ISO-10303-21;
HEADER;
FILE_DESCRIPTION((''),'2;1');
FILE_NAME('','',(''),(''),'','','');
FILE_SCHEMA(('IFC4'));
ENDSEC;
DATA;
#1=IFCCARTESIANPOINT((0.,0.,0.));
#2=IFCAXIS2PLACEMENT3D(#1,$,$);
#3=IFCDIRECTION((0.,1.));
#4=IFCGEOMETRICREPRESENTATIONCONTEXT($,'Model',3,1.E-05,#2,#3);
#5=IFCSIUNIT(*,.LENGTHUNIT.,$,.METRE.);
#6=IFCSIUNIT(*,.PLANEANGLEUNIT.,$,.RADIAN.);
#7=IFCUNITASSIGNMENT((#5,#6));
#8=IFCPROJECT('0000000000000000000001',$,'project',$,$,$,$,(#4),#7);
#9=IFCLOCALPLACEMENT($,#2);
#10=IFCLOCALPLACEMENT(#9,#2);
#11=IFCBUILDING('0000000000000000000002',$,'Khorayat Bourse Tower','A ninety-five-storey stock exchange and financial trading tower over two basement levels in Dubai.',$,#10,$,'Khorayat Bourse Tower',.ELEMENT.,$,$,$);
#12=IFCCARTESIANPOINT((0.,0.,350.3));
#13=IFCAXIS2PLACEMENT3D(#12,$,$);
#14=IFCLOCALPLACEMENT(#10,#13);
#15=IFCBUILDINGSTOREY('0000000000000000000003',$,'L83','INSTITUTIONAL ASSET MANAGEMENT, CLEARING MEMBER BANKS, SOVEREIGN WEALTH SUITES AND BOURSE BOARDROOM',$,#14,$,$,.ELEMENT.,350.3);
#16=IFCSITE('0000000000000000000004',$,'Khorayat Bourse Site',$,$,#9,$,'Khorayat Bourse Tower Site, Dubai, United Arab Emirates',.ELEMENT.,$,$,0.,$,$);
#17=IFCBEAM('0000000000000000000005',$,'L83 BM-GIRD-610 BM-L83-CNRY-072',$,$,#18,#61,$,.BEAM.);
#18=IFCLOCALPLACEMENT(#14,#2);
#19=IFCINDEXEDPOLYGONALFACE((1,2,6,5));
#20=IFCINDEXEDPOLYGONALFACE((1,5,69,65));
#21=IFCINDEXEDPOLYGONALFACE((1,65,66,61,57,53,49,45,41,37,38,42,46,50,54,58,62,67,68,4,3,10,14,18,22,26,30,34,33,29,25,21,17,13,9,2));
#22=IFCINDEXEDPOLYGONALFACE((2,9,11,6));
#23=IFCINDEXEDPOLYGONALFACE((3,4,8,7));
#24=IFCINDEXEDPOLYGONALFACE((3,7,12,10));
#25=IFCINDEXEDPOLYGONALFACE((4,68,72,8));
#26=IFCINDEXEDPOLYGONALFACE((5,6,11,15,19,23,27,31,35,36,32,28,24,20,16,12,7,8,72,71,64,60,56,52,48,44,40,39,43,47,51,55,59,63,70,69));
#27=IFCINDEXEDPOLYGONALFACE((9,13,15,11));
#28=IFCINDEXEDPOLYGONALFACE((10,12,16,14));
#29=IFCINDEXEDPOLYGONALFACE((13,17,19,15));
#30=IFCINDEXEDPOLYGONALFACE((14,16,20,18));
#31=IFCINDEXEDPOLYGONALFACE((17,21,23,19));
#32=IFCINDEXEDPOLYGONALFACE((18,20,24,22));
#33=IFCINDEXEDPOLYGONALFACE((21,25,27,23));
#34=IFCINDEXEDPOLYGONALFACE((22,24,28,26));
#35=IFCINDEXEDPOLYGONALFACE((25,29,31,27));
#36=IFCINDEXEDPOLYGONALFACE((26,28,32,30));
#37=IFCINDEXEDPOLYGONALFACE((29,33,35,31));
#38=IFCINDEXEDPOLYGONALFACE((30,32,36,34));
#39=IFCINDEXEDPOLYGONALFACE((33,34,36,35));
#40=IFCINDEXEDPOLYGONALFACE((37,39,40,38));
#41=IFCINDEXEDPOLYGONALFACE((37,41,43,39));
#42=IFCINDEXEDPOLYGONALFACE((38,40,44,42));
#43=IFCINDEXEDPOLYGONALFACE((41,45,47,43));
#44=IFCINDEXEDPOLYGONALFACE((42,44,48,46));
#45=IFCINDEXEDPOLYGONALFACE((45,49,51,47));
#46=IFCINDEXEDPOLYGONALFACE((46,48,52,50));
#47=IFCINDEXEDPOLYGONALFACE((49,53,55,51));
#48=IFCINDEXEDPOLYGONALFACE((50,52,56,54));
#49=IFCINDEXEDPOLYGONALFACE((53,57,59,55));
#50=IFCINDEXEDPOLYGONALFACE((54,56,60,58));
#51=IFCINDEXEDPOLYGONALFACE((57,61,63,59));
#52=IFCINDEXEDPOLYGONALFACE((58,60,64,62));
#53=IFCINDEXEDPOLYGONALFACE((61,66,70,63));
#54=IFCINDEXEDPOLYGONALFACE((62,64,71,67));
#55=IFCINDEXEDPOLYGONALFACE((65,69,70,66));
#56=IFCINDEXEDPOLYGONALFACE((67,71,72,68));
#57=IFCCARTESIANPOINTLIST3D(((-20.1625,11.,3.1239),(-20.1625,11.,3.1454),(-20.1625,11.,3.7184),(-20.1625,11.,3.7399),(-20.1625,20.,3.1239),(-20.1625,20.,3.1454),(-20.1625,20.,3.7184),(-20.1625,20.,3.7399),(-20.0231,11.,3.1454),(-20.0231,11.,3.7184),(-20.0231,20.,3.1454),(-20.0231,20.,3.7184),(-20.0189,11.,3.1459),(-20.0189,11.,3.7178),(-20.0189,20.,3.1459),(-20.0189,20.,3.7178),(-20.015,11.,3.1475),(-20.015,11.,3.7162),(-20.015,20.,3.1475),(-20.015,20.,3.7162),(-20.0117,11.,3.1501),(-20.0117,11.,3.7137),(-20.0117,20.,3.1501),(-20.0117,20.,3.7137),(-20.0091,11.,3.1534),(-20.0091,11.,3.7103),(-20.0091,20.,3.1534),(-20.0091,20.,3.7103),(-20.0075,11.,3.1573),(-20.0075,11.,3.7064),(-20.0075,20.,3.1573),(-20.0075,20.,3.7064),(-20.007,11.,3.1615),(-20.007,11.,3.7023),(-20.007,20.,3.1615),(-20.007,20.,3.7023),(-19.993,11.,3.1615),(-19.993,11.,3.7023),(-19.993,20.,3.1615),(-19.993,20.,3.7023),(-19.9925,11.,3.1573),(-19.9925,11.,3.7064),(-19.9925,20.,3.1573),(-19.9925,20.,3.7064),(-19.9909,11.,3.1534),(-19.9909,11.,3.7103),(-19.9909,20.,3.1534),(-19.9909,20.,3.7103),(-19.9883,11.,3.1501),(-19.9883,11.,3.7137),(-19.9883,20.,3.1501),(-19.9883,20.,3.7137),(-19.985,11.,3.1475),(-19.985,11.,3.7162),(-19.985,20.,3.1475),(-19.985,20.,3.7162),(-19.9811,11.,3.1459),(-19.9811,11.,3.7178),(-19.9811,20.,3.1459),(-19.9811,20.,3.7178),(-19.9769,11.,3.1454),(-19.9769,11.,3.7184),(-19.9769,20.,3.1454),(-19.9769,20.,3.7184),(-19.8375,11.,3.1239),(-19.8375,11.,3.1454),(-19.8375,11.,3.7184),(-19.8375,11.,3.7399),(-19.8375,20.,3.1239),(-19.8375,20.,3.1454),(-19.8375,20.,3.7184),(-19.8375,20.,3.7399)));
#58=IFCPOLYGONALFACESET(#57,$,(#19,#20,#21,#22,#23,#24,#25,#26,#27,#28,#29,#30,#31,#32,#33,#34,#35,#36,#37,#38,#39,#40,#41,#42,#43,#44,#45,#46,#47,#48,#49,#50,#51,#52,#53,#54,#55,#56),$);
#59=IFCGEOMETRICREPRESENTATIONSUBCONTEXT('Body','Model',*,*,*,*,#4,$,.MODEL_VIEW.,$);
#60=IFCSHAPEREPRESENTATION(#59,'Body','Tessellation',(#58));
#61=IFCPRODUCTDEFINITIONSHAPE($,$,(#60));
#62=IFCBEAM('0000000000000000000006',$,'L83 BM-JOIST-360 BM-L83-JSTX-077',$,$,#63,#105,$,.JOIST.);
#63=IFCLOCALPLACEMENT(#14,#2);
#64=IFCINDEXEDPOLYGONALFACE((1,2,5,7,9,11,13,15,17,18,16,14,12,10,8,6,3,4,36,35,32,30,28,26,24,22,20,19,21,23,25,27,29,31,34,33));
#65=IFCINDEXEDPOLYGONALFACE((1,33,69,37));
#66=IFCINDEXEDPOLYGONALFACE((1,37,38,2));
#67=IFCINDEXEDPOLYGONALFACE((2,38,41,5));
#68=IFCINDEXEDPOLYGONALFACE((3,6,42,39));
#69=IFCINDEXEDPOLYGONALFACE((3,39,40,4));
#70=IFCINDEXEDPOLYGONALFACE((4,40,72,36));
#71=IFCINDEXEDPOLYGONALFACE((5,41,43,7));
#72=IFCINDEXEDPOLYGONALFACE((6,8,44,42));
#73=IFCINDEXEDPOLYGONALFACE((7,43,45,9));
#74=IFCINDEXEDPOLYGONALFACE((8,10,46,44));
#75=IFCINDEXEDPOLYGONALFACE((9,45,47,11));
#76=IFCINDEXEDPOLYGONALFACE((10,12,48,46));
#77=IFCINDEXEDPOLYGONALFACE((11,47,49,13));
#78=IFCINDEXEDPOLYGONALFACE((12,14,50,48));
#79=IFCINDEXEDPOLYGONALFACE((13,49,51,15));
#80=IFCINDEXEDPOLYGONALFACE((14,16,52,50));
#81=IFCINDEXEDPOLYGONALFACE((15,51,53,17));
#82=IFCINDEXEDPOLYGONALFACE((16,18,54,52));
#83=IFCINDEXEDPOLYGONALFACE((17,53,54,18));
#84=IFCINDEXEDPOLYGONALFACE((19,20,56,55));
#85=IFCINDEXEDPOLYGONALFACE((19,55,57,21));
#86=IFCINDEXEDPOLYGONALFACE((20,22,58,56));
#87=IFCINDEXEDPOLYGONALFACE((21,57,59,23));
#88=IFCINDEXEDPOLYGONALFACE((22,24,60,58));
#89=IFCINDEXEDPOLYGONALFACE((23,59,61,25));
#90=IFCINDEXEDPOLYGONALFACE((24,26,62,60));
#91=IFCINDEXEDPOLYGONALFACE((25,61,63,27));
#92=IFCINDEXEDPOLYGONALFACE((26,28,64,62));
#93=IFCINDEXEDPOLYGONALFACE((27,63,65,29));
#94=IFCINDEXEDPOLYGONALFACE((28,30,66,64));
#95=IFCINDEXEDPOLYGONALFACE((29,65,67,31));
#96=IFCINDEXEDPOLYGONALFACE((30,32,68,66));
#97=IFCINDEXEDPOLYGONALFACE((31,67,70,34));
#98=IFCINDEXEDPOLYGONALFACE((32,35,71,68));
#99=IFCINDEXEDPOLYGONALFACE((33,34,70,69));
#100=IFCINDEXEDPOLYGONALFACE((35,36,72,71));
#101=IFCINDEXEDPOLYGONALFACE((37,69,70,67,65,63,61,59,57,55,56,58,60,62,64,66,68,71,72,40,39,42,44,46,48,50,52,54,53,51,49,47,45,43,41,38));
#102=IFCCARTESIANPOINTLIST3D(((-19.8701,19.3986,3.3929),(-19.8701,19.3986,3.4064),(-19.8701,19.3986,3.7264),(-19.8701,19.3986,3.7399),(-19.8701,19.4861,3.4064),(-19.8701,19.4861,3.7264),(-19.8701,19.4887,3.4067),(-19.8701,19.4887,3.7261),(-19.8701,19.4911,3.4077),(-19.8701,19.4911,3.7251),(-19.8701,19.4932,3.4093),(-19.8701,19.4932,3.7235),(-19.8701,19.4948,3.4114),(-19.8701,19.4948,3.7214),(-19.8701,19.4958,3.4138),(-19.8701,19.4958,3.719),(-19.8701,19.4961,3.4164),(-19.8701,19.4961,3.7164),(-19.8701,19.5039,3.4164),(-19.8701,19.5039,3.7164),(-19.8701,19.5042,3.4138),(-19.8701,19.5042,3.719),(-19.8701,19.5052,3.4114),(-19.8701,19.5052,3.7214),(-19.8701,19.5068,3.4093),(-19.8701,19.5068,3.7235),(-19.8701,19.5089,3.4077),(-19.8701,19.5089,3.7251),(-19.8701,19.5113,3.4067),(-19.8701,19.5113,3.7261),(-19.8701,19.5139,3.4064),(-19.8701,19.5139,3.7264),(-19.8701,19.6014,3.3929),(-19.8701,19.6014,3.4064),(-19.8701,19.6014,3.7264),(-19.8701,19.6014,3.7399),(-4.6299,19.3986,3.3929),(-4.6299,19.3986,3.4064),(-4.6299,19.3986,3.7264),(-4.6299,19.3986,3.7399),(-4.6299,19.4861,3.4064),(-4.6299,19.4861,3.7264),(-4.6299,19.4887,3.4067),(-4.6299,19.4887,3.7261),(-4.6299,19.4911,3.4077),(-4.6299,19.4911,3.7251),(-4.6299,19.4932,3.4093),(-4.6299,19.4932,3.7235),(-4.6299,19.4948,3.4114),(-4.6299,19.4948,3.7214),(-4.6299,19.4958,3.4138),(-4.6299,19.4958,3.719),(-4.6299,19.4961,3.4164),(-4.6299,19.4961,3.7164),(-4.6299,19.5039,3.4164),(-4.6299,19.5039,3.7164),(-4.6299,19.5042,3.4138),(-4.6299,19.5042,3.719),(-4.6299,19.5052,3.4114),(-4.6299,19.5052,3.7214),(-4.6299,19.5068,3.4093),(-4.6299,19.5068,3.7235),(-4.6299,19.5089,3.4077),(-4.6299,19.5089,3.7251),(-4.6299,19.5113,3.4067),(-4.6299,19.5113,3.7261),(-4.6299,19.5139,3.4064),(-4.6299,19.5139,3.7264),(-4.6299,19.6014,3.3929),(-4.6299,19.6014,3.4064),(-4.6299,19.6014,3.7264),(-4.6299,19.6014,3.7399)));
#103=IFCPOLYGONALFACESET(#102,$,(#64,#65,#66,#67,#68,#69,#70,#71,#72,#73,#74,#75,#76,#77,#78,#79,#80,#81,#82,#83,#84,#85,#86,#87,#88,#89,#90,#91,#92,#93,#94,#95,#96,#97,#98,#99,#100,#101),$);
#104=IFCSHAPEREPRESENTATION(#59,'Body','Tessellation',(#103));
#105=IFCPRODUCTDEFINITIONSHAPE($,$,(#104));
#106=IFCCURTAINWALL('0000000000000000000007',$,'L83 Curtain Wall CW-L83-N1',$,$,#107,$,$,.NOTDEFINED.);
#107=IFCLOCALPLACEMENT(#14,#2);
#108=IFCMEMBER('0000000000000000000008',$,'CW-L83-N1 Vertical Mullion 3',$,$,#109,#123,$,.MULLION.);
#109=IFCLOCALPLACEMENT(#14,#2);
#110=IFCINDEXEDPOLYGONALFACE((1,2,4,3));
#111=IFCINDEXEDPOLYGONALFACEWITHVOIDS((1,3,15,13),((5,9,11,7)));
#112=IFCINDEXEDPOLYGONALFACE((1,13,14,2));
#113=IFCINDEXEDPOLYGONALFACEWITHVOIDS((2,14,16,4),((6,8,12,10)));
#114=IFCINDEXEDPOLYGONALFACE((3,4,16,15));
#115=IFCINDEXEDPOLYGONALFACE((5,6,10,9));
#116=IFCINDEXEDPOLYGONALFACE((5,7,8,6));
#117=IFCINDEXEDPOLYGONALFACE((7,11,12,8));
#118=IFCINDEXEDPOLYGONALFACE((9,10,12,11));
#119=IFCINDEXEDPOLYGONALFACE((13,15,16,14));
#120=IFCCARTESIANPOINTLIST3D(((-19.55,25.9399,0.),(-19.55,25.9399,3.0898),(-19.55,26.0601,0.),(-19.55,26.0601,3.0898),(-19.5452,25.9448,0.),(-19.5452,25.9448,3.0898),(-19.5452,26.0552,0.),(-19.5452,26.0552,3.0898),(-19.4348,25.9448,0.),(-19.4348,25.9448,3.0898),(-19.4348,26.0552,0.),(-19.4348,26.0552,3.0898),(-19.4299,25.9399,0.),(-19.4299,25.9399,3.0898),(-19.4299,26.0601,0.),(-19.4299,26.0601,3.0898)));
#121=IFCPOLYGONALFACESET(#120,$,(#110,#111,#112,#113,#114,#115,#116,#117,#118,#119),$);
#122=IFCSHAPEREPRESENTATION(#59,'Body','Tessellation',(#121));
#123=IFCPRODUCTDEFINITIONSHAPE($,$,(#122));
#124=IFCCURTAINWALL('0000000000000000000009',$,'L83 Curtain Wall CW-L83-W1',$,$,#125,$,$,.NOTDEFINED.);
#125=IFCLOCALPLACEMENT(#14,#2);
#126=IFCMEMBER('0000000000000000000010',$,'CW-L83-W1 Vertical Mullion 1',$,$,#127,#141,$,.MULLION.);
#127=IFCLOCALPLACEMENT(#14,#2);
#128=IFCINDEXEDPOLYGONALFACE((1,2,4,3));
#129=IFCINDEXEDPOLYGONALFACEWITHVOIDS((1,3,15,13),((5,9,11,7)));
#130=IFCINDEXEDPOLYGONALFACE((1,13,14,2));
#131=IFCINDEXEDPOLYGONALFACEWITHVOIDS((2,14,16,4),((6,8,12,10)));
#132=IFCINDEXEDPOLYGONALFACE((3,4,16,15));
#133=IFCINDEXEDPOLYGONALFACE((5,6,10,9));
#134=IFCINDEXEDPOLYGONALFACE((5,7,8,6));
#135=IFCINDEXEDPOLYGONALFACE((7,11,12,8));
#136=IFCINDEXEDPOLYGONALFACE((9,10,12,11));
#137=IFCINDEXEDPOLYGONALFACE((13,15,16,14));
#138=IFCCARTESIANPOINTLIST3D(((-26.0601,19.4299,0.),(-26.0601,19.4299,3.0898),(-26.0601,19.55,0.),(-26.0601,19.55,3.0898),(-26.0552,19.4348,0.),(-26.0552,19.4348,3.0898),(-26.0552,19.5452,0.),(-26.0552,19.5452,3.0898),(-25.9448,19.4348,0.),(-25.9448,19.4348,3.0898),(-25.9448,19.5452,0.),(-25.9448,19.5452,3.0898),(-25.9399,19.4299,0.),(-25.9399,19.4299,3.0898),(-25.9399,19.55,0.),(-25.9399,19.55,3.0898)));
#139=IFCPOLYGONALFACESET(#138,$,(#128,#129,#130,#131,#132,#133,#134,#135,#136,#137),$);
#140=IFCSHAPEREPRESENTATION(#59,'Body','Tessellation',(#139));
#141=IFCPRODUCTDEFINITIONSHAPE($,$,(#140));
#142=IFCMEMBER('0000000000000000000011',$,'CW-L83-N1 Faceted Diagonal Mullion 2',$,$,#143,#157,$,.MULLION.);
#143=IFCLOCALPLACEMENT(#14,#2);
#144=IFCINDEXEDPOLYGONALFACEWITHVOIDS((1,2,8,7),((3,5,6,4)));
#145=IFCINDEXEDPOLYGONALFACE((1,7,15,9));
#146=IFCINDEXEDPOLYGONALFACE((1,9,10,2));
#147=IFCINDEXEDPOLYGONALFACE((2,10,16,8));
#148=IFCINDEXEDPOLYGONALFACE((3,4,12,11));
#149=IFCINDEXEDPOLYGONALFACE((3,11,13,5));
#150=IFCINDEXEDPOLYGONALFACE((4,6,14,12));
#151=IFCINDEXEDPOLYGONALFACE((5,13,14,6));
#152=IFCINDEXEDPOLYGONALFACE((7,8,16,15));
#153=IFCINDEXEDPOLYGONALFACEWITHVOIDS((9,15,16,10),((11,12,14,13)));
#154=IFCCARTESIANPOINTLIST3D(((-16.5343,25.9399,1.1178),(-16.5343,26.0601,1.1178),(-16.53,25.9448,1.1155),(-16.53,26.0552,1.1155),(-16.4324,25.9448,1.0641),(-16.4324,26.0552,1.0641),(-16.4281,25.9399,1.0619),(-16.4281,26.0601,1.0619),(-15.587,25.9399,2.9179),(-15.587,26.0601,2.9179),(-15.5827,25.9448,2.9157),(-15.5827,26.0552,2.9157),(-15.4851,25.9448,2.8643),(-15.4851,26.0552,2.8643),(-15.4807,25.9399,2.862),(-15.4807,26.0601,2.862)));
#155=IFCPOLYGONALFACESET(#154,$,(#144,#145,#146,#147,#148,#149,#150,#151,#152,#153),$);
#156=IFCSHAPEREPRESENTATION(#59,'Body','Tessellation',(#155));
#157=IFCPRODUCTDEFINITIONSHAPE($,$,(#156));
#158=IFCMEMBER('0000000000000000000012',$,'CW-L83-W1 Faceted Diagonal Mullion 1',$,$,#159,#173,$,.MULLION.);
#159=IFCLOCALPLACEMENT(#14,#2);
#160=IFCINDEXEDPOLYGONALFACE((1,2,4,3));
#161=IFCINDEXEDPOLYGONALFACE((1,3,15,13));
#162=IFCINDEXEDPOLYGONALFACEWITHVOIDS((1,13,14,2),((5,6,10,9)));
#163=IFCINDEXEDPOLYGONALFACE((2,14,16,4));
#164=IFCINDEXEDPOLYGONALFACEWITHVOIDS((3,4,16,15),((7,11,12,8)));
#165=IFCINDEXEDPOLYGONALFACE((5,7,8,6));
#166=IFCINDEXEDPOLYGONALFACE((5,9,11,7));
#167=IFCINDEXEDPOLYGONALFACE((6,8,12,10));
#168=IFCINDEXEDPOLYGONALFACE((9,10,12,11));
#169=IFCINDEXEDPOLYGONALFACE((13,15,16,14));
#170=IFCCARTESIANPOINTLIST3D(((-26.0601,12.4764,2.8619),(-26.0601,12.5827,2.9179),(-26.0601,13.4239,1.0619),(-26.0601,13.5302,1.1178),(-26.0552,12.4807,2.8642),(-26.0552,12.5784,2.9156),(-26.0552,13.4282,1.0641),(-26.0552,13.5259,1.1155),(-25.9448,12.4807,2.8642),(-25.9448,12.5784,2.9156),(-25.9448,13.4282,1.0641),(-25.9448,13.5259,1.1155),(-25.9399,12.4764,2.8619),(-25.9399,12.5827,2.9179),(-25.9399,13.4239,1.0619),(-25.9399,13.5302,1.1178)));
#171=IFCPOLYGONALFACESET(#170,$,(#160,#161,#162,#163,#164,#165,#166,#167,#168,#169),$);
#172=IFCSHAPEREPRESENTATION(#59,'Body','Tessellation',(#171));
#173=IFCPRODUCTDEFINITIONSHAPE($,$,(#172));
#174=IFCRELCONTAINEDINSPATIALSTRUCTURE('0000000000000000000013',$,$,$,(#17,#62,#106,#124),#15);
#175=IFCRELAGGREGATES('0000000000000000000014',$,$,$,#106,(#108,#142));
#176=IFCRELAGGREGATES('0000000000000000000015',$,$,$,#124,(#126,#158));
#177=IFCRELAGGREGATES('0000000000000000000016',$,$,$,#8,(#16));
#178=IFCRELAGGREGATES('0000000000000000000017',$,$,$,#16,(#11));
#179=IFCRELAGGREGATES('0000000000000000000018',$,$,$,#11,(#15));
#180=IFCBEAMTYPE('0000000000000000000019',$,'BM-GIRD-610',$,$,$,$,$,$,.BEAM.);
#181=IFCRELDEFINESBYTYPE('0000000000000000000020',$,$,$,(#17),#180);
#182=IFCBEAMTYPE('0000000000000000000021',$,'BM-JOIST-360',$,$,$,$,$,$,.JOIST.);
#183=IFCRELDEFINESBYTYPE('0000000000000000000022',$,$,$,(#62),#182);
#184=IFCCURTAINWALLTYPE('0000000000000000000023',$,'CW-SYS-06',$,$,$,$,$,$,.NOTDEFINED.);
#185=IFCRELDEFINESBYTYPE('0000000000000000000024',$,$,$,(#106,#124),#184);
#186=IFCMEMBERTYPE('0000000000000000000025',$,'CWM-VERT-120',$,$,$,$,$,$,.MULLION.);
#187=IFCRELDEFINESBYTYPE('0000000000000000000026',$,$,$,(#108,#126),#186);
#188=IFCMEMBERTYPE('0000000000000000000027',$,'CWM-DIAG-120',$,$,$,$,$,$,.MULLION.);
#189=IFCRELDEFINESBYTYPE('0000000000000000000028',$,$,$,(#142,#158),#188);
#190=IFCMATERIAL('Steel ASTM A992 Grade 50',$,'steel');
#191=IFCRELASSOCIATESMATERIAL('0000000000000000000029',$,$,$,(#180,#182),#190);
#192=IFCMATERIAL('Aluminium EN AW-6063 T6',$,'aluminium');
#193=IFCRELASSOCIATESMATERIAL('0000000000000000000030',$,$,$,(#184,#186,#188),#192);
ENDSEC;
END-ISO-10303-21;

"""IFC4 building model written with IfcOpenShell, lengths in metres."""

from ifc_helpers import new_model, si_unit, direction, frame, origin, origin_2d, place, context, subcontext, project, spatial, hollow_rectangle, i_section, extrude, source, transform, mapped, material, material_profile, profile_set, type_object, element, aggregate, save


model = new_model("IFC4")

# Units and contexts
model_context = context("Model", 3, precision=1e-05, world=origin(), true_north=direction((0.0, 1.0)))
body_context = subcontext(model_context, "Body", "Model", "MODEL_VIEW")
ifc_project = project(units=[si_unit("LENGTHUNIT", "METRE"), si_unit("PLANEANGLEUNIT", "RADIAN")], contexts=[model_context])

# Site, building, storey
site_placement = place(None, origin())
site = spatial("IfcSite", under=ifc_project, at=site_placement, Name="Khorayat Bourse Site", LongName="Khorayat Bourse Tower Site, Dubai, United Arab Emirates", CompositionType="ELEMENT", RefElevation=0.0)
building_placement = place(site_placement, origin())
building = spatial("IfcBuilding", under=site, at=building_placement, Name="Khorayat Bourse Tower", Description="A ninety-five-storey stock exchange and financial trading tower over two basement levels in Dubai.", LongName="Khorayat Bourse Tower", CompositionType="ELEMENT")
storey_placement = place(building_placement, frame((0.0, 0.0, 350.3)))
storey = spatial("IfcBuildingStorey", under=building, at=storey_placement, Name="L83", Description="INSTITUTIONAL ASSET MANAGEMENT, CLEARING MEMBER BANKS, SOVEREIGN WEALTH SUITES AND BOURSE BOARDROOM", CompositionType="ELEMENT", Elevation=350.3)

# Beams
ifc_material_1 = material(Name="Steel ASTM A992 Grade 50", Category="steel")
ifc_material_profile_1 = material_profile(ifc_material_1, i_section(OverallWidth=0.325, OverallDepth=0.616, WebThickness=0.0139, FlangeThickness=0.0215, FilletRadius=0.0161, at=origin_2d()), Name="W610X174")
ifc_profile_set_1 = profile_set([ifc_material_profile_1], Name="Steel ASTM A992 Grade 50")
beam_type_1 = type_object("IfcBeamType", Name="BM-GIRD-610", PredefinedType="BEAM", material=ifc_profile_set_1)
shared_shape_1 = source(origin(), body_context, "Body", "SweptSolid", [
    extrude(i_section(OverallWidth=0.325, OverallDepth=0.616, WebThickness=0.0139, FlangeThickness=0.0215, FilletRadius=0.0161, at=origin_2d()), origin(), (0.0, 0.0, 1.0), 9.0),
])
beam_1_placement = place(storey_placement, frame((-20.0, 11.0, 3.4319), z_axis=(0.0, 1.0, 0.0), x_axis=(-1.0, 0.0, 0.0)))
element("IfcBeam", 1, at=beam_1_placement, inside=storey, type_object=beam_type_1, Name="L83 BM-GIRD-610 BM-L83-CNRY-072", PredefinedType="BEAM", context=body_context, shape_type="MappedRepresentation", body=[
    mapped(shared_shape_1, transform((0.0, 0.0, 0.0), scale=1.0)),
])
ifc_material_profile_2 = material_profile(ifc_material_1, i_section(OverallWidth=0.2029, OverallDepth=0.3469, WebThickness=0.0078, FlangeThickness=0.0134, FilletRadius=0.01, at=origin_2d()), Name="W360X64")
ifc_profile_set_2 = profile_set([ifc_material_profile_2], Name="Steel ASTM A992 Grade 50")
beam_type_2 = type_object("IfcBeamType", Name="BM-JOIST-360", PredefinedType="JOIST", material=ifc_profile_set_2)
shared_shape_2 = source(origin(), body_context, "Body", "SweptSolid", [
    extrude(i_section(OverallWidth=0.2029, OverallDepth=0.3469, WebThickness=0.0078, FlangeThickness=0.0134, FilletRadius=0.01, at=origin_2d()), origin(), (0.0, 0.0, 1.0), 15.2402),
])
beam_2_placement = place(storey_placement, frame((-19.8701, 19.5, 3.5664), z_axis=(1.0, 0.0, 0.0), x_axis=(0.0, 1.0, 0.0)))
element("IfcBeam", 2, at=beam_2_placement, inside=storey, type_object=beam_type_2, Name="L83 BM-JOIST-360 BM-L83-JSTX-077", PredefinedType="JOIST", context=body_context, shape_type="MappedRepresentation", body=[
    mapped(shared_shape_2, transform((0.0, 0.0, 0.0), scale=1.0)),
])

# Curtain walls, members
ifc_material_2 = material(Name="Aluminium EN AW-6063 T6", Category="aluminium")
curtain_wall_type = type_object("IfcCurtainWallType", Name="CW-SYS-06", PredefinedType="NOTDEFINED", material=ifc_material_2)
curtain_wall_1_placement = place(storey_placement, origin())
curtain_wall_1 = element("IfcCurtainWall", 3, at=curtain_wall_1_placement, inside=storey, type_object=curtain_wall_type, Name="L83 Curtain Wall CW-L83-N1", PredefinedType="NOTDEFINED")
ifc_material_profile_3 = material_profile(ifc_material_2, hollow_rectangle(XDim=0.1201, YDim=0.1201, WallThickness=0.0049, at=origin_2d()), Name="ALU 120x120x5")
ifc_profile_set_3 = profile_set([ifc_material_profile_3], Name="Aluminium EN AW-6063 T6")
member_type_1 = type_object("IfcMemberType", Name="CWM-VERT-120", PredefinedType="MULLION", material=ifc_profile_set_3)
shared_shape_3 = source(origin(), body_context, "Body", "SweptSolid", [
    extrude(hollow_rectangle(XDim=0.1201, YDim=0.1201, WallThickness=0.0049, at=origin_2d()), origin(), (0.0, 0.0, 1.0), 3.0898),
])
member_1_placement = place(storey_placement, frame((-19.49, 26.0, 0.0), z_axis=(0.0, 0.0, 1.0), x_axis=(0.0, -1.0, 0.0)))
member_1 = element("IfcMember", 4, at=member_1_placement, type_object=member_type_1, Name="CW-L83-N1 Vertical Mullion 3", PredefinedType="MULLION", context=body_context, shape_type="MappedRepresentation", body=[
    mapped(shared_shape_3, transform((0.0, 0.0, 0.0), scale=1.0)),
])
curtain_wall_2_placement = place(storey_placement, origin())
curtain_wall_2 = element("IfcCurtainWall", 5, at=curtain_wall_2_placement, inside=storey, type_object=curtain_wall_type, Name="L83 Curtain Wall CW-L83-W1", PredefinedType="NOTDEFINED")
member_2_placement = place(storey_placement, frame((-26.0, 19.49, 0.0), z_axis=(0.0, 0.0, 1.0), x_axis=(1.0, 0.0, 0.0)))
member_2 = element("IfcMember", 6, at=member_2_placement, type_object=member_type_1, Name="CW-L83-W1 Vertical Mullion 1", PredefinedType="MULLION", context=body_context, shape_type="MappedRepresentation", body=[
    mapped(shared_shape_3, transform((0.0, 0.0, 0.0), scale=1.0)),
])

# Members
ifc_material_profile_4 = material_profile(ifc_material_2, hollow_rectangle(XDim=0.1201, YDim=0.1201, WallThickness=0.0049, at=origin_2d()), Name="ALU 120x120x5")
ifc_profile_set_4 = profile_set([ifc_material_profile_4], Name="Aluminium EN AW-6063 T6")
member_type_2 = type_object("IfcMemberType", Name="CWM-DIAG-120", PredefinedType="MULLION", material=ifc_profile_set_4)
shared_shape_4 = source(origin(), body_context, "Body", "SweptSolid", [
    extrude(hollow_rectangle(XDim=0.1201, YDim=0.1201, WallThickness=0.0049, at=origin_2d()), origin(), (0.0, 0.0, 1.0), 2.0342),
])
member_3_placement = place(storey_placement, frame((-16.4812, 26.0, 1.0898), z_axis=(0.465697, 0.0, 0.884944), x_axis=(0.0, 1.0, 0.0)))
member_3 = element("IfcMember", 7, at=member_3_placement, type_object=member_type_2, Name="CW-L83-N1 Faceted Diagonal Mullion 2", PredefinedType="MULLION", context=body_context, shape_type="MappedRepresentation", body=[
    mapped(shared_shape_4, transform((0.0, 0.0, 0.0), scale=1.0)),
])
member_4_placement = place(storey_placement, frame((-26.0, 13.4771, 1.0898), z_axis=(0.0, -0.465791, 0.884895), x_axis=(1.0, 0.0, 0.0)))
member_4 = element("IfcMember", 8, at=member_4_placement, type_object=member_type_2, Name="CW-L83-W1 Faceted Diagonal Mullion 1", PredefinedType="MULLION", context=body_context, shape_type="MappedRepresentation", body=[
    mapped(shared_shape_4, transform((0.0, 0.0, 0.0), scale=1.0)),
])

aggregate(curtain_wall_1, [member_1, member_3])
aggregate(curtain_wall_2, [member_2, member_4])

save(model, "model.ifc")
